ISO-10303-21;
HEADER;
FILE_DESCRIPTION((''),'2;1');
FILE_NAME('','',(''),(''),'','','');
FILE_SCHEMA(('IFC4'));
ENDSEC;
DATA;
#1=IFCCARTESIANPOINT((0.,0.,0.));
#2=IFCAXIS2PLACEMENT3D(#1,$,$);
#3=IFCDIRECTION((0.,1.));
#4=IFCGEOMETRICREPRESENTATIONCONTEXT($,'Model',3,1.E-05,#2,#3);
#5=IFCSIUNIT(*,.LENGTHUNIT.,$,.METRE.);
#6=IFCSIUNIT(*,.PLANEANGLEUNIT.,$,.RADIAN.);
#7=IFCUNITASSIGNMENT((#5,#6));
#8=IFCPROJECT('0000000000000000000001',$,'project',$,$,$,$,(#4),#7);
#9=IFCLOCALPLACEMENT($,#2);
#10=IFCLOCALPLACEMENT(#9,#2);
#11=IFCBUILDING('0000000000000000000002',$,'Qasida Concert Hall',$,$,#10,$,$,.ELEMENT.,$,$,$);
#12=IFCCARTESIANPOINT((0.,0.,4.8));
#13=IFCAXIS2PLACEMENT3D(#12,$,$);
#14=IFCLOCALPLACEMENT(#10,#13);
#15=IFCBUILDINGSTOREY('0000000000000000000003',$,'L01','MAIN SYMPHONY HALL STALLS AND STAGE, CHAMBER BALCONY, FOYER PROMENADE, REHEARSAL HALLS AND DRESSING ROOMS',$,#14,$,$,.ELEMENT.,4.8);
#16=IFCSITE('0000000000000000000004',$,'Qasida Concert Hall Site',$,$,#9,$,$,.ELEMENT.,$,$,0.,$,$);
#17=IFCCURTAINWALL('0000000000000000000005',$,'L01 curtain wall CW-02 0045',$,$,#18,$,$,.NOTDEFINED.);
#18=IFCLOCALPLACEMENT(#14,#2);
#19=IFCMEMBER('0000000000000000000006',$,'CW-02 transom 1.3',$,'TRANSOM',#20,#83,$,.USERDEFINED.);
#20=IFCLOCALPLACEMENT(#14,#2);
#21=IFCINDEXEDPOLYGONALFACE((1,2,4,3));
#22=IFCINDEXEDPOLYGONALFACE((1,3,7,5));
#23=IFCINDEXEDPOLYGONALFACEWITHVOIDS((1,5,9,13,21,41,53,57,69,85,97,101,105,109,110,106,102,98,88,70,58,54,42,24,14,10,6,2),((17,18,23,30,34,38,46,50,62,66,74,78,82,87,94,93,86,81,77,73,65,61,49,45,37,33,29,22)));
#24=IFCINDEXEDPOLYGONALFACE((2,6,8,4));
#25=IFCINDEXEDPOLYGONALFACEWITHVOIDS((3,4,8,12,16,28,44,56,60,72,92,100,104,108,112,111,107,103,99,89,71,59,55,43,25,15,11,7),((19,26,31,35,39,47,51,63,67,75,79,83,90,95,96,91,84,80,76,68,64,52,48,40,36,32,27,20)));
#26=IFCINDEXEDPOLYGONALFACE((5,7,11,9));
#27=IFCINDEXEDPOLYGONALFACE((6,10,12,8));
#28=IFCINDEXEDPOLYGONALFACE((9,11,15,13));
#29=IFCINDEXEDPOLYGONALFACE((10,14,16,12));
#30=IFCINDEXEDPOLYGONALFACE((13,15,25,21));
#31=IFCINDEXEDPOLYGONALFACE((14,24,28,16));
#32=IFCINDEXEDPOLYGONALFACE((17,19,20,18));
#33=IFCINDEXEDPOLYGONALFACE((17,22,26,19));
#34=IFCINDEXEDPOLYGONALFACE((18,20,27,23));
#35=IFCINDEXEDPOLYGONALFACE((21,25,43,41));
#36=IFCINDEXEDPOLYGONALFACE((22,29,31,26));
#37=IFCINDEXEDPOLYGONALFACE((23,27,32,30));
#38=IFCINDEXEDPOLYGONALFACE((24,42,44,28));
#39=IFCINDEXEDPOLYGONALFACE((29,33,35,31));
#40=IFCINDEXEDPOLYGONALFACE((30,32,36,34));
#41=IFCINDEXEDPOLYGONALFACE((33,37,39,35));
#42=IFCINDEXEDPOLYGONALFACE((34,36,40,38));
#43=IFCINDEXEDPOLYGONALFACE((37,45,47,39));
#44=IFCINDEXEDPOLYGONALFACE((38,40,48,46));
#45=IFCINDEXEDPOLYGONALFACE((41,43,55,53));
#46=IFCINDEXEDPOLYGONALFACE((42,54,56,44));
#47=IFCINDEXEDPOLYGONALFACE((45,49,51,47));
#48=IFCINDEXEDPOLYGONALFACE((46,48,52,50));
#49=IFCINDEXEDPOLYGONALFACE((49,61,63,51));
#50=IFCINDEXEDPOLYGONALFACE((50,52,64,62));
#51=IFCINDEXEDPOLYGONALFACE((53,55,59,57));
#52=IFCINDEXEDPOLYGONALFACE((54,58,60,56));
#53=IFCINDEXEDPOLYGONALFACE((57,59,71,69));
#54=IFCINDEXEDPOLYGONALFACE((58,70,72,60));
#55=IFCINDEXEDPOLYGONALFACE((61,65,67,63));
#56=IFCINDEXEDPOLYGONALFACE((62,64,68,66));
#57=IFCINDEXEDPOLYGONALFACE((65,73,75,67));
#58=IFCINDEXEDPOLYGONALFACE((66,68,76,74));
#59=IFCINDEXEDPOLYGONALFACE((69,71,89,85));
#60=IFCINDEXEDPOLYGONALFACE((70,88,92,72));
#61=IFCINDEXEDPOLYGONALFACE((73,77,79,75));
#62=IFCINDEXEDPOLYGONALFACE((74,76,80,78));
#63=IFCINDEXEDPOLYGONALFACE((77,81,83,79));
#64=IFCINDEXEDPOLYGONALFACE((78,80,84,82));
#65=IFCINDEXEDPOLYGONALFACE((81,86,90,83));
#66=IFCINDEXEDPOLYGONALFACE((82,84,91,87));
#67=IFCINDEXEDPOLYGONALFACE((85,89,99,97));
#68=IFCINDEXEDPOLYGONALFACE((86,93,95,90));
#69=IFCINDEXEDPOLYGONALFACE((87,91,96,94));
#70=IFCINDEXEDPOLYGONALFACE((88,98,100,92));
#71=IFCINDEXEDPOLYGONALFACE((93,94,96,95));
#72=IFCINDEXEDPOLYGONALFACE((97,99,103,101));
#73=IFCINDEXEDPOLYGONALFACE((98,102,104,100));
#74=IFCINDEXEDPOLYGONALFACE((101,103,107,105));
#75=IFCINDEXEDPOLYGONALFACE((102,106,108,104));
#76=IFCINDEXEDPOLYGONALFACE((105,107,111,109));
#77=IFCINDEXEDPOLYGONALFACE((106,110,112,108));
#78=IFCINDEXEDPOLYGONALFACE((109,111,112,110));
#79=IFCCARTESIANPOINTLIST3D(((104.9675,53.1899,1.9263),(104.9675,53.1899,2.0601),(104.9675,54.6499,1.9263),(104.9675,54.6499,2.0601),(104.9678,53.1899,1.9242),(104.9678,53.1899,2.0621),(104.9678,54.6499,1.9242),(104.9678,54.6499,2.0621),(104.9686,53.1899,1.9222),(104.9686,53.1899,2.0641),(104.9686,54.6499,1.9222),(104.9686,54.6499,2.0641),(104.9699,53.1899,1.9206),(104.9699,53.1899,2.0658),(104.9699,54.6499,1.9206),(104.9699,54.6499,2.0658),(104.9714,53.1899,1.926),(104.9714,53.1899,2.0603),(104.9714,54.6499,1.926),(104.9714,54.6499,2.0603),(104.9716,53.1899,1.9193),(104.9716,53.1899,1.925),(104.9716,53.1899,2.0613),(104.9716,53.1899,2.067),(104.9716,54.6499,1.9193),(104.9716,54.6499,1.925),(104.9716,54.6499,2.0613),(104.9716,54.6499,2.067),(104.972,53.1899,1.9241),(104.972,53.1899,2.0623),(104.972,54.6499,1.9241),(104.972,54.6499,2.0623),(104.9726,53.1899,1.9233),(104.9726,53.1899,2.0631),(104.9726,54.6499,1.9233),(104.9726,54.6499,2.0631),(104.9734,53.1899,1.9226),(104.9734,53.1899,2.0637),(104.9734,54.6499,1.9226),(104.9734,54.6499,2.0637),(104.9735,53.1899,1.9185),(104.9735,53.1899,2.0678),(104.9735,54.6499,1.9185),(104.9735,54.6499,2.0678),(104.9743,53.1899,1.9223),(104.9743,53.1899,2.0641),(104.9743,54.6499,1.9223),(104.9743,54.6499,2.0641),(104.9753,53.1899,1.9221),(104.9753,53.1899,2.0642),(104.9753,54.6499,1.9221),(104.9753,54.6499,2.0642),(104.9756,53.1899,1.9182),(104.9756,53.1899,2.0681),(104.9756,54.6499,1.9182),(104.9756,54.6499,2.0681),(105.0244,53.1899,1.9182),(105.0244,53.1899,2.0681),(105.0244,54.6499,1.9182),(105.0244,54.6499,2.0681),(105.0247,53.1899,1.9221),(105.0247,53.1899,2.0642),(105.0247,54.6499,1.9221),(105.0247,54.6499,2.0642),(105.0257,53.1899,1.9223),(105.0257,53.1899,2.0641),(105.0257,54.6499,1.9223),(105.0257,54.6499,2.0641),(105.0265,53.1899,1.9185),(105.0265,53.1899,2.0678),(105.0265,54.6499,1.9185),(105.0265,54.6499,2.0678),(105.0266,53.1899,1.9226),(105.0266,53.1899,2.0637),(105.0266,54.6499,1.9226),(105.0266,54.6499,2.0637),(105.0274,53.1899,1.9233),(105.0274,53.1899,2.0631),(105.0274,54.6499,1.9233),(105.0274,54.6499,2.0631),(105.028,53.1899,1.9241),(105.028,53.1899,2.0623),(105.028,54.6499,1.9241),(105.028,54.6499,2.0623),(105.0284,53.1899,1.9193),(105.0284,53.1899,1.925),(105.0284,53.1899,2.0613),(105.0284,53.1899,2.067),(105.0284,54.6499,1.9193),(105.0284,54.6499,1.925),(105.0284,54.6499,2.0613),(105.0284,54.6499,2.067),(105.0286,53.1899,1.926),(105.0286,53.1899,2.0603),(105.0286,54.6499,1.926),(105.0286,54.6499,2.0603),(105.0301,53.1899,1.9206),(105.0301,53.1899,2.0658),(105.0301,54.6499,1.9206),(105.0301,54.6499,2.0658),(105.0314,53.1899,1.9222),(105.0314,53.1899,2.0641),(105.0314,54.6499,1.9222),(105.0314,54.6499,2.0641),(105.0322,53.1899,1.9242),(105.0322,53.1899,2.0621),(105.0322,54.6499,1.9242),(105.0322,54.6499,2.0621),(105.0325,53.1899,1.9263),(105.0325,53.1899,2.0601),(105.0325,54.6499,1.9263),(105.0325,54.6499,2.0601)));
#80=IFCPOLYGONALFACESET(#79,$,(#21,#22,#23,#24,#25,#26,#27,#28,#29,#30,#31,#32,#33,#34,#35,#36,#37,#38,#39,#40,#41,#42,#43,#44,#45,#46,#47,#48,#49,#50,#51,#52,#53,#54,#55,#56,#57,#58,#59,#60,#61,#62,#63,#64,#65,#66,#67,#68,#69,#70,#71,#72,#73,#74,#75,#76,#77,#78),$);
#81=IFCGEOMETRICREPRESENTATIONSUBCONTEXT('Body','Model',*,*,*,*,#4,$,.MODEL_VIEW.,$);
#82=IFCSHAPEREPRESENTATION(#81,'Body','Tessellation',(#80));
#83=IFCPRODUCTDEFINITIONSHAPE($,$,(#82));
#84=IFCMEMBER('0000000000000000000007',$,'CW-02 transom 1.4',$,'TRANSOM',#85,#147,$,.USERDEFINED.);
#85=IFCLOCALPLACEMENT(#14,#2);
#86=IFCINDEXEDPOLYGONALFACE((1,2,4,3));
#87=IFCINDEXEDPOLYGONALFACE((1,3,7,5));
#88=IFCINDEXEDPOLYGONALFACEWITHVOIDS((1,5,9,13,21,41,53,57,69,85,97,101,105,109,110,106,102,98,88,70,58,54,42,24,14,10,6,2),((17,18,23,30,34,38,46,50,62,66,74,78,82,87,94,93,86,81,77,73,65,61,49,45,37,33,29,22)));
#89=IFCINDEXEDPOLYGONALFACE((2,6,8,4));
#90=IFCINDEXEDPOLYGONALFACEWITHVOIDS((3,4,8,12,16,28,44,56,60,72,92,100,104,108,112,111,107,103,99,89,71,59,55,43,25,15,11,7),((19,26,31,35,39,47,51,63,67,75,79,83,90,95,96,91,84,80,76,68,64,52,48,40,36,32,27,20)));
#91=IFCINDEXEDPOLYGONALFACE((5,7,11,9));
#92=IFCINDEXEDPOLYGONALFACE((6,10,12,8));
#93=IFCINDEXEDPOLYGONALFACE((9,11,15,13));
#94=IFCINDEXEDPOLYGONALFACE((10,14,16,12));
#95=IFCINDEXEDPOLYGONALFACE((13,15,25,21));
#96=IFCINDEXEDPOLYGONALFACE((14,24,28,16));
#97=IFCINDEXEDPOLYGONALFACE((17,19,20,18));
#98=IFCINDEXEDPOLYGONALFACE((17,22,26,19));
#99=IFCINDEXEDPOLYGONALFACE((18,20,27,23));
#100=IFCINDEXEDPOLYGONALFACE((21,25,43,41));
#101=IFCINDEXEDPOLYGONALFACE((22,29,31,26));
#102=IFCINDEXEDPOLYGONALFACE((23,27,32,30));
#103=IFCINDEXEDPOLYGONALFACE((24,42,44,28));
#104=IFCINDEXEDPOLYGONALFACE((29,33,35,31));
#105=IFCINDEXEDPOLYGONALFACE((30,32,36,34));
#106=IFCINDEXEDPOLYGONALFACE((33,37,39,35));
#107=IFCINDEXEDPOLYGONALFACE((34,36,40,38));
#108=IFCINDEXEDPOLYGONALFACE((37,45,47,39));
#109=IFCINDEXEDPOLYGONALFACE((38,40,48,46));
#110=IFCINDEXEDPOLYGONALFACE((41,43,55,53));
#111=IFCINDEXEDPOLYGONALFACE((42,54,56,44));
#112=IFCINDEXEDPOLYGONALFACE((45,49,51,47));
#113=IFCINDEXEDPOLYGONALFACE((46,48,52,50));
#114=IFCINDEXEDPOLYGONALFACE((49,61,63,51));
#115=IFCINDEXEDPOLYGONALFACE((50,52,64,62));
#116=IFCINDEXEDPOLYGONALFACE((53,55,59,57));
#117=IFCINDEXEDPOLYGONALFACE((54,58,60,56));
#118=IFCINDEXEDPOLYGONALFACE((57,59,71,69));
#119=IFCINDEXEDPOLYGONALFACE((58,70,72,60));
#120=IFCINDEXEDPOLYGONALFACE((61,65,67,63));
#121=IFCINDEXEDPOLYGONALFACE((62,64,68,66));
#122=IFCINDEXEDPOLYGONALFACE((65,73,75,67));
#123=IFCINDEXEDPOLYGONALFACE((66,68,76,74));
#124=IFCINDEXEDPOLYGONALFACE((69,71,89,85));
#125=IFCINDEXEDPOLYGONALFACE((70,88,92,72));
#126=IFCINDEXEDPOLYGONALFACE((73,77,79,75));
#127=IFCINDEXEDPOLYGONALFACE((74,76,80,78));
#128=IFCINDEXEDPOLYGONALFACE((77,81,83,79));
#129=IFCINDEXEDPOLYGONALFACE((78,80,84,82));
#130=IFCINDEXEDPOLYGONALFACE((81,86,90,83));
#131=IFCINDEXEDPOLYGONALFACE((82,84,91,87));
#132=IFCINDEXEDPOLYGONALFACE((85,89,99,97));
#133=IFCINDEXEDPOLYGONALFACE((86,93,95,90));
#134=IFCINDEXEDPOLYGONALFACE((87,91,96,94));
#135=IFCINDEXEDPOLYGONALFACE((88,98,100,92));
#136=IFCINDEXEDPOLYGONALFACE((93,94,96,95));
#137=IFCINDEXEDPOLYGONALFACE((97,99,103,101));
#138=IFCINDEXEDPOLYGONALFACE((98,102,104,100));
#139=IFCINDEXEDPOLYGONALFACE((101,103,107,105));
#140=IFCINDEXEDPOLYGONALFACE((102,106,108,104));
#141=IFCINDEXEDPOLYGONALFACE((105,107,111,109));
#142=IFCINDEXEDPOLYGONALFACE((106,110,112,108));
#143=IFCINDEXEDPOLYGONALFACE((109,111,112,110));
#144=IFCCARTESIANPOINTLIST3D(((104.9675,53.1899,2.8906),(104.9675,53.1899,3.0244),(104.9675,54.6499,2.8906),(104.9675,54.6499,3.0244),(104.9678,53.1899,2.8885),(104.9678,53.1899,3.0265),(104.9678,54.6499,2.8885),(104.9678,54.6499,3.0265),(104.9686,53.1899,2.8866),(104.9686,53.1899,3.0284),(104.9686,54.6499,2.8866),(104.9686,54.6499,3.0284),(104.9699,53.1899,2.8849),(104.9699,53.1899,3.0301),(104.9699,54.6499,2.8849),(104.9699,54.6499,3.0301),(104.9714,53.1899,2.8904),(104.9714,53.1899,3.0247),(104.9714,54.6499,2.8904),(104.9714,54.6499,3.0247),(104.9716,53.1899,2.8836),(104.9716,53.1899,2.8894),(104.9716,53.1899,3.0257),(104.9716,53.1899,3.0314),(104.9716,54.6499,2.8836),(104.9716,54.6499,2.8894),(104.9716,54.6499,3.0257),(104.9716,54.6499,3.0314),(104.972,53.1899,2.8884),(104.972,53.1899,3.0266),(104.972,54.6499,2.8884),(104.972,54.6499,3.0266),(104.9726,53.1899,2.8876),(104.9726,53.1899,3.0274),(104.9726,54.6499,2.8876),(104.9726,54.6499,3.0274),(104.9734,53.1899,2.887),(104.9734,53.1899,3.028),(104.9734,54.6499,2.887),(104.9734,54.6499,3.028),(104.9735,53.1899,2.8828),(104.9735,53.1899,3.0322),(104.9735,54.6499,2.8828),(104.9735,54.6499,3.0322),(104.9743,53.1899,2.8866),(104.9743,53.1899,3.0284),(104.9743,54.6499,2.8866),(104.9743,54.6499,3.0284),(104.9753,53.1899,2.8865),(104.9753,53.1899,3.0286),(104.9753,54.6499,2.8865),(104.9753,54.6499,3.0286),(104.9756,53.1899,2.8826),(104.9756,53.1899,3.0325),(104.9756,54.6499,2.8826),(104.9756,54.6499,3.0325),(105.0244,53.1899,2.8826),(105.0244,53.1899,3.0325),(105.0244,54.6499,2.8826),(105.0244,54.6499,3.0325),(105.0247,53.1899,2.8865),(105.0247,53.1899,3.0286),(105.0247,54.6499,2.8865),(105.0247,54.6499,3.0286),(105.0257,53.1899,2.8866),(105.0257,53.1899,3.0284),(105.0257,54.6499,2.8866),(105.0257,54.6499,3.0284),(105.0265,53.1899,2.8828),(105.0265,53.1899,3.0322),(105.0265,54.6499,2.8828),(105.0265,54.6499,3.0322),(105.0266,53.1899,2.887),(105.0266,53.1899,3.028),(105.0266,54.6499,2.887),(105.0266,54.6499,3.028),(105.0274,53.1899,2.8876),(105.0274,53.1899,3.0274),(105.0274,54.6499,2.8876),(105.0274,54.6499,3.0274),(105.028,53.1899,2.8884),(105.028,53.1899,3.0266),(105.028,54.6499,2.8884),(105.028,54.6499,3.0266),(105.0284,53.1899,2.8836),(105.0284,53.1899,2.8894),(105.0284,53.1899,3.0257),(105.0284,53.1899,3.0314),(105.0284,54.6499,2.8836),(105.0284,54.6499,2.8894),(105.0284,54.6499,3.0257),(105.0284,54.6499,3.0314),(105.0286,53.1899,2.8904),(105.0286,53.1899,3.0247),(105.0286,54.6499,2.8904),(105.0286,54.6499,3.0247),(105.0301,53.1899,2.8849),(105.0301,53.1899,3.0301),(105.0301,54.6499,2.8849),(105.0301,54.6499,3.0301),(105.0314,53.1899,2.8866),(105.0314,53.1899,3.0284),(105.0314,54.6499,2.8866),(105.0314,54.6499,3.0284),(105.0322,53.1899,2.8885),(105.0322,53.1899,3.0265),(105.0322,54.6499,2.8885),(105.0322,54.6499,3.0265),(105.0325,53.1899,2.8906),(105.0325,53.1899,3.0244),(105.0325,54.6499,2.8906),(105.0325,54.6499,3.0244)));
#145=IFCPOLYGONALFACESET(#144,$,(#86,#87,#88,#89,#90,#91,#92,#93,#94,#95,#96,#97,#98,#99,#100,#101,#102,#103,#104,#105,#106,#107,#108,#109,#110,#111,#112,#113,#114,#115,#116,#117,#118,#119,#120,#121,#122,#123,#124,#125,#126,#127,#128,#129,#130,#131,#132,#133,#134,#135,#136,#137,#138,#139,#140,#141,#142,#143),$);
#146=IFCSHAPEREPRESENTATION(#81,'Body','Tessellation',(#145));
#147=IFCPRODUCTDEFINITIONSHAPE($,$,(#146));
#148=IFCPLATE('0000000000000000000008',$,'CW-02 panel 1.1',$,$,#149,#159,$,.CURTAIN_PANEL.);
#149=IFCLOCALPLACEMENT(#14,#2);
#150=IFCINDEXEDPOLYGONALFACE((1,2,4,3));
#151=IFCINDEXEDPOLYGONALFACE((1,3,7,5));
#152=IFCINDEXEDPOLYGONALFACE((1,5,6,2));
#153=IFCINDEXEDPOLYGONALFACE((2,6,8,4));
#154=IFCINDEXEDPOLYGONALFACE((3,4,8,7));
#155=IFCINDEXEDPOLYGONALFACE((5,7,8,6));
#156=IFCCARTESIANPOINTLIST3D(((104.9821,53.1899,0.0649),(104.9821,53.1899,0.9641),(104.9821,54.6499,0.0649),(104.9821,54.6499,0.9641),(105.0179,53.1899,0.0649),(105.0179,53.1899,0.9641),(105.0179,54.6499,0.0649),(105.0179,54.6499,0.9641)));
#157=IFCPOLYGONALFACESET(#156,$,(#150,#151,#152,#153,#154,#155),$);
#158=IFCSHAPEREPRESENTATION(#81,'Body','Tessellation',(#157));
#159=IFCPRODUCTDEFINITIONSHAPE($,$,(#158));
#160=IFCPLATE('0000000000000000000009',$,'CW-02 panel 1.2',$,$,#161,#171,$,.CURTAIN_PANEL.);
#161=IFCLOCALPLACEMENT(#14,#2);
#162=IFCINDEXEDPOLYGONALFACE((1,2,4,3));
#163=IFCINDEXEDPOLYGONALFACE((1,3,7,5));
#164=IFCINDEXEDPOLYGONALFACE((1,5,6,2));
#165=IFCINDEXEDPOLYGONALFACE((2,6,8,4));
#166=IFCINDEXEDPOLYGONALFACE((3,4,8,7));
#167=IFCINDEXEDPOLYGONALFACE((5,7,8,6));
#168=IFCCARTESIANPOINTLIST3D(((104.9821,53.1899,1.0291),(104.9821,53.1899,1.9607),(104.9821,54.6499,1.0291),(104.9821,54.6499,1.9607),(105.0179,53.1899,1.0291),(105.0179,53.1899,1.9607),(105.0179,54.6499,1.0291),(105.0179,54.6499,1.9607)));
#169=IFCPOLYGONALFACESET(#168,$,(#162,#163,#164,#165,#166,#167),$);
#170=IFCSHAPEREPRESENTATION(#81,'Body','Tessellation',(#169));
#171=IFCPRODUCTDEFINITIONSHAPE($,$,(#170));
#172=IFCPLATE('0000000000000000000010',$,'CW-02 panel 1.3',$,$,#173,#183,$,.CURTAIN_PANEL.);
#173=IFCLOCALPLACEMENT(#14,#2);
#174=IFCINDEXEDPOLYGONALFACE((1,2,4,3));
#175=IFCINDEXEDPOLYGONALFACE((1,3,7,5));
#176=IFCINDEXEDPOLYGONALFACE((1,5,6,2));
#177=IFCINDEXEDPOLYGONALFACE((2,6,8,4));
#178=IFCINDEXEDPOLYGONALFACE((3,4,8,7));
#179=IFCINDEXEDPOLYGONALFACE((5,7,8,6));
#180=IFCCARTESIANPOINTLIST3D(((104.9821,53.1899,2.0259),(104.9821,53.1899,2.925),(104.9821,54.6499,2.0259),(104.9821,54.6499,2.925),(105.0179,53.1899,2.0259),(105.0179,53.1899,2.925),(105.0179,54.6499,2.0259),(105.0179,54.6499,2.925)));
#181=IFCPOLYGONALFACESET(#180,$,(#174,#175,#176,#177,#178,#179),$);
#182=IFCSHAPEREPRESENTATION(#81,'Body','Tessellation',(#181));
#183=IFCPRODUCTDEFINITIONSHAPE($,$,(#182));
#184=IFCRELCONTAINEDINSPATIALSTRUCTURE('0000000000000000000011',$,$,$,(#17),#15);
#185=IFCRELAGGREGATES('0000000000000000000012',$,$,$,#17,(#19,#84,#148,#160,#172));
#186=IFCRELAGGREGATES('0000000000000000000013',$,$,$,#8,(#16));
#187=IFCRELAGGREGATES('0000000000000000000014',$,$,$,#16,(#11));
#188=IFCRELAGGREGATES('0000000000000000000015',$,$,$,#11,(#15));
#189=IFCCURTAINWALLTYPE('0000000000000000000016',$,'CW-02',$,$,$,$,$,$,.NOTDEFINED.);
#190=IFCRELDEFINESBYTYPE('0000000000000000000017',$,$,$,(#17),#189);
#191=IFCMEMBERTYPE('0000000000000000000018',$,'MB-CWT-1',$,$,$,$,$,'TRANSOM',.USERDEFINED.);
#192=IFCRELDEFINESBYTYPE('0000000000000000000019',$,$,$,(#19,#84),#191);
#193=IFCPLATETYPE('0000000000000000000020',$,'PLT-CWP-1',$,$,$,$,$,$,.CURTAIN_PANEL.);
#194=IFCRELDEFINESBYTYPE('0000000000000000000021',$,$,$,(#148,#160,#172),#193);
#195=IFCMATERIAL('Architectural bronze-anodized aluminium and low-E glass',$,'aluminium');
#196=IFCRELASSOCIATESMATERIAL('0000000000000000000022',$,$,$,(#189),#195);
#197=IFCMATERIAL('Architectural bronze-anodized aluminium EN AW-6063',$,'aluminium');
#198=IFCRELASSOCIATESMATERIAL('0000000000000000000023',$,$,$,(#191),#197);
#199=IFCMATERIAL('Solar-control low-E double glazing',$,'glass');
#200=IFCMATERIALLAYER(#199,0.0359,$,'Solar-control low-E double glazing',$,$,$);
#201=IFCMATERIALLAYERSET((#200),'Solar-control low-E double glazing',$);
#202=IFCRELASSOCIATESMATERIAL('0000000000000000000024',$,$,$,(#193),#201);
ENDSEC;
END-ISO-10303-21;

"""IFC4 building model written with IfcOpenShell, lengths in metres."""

from ifc_helpers import new_model, si_unit, direction, frame, origin, origin_2d, place, context, subcontext, project, spatial, rectangle, hollow_rectangle, extrude, material, layer, layer_set, material_profile, profile_set, type_object, element, aggregate, save


model = new_model("IFC4")

# Units and contexts
model_context = context("Model", 3, precision=1e-05, world=origin(), true_north=direction((0.0, 1.0)))
body_context = subcontext(model_context, "Body", "Model", "MODEL_VIEW")
ifc_project = project(units=[si_unit("LENGTHUNIT", "METRE"), si_unit("PLANEANGLEUNIT", "RADIAN")], contexts=[model_context])

# Site, building, storey
site_placement = place(None, origin())
site = spatial("IfcSite", under=ifc_project, at=site_placement, Name="Qasida Concert Hall Site", CompositionType="ELEMENT", RefElevation=0.0)
building_placement = place(site_placement, origin())
building = spatial("IfcBuilding", under=site, at=building_placement, Name="Qasida Concert Hall", CompositionType="ELEMENT")
storey_placement = place(building_placement, frame((0.0, 0.0, 4.8)))
storey = spatial("IfcBuildingStorey", under=building, at=storey_placement, Name="L01", Description="MAIN SYMPHONY HALL STALLS AND STAGE, CHAMBER BALCONY, FOYER PROMENADE, REHEARSAL HALLS AND DRESSING ROOMS", CompositionType="ELEMENT", Elevation=4.8)

# Curtain wall, members, plates
ifc_material_1 = material(Name="Architectural bronze-anodized aluminium and low-E glass", Category="aluminium")
curtain_wall_type = type_object("IfcCurtainWallType", Name="CW-02", PredefinedType="NOTDEFINED", material=ifc_material_1)
curtain_wall_placement = place(storey_placement, origin())
curtain_wall = element("IfcCurtainWall", 1, at=curtain_wall_placement, inside=storey, type_object=curtain_wall_type, Name="L01 curtain wall CW-02 0045", PredefinedType="NOTDEFINED")
ifc_material_2 = material(Name="Architectural bronze-anodized aluminium EN AW-6063", Category="aluminium")
ifc_material_profile_1 = material_profile(ifc_material_2, hollow_rectangle(XDim=0.0649, YDim=0.1499, WallThickness=0.0039, InnerFilletRadius=0.0039, OuterFilletRadius=0.0081, at=origin_2d()), Name="CWT 150x65x4")
ifc_profile_set_1 = profile_set([ifc_material_profile_1], Name="Architectural bronze-anodized aluminium EN AW-6063")
member_type_1 = type_object("IfcMemberType", Name="MB-CWT-1", ElementType="TRANSOM", PredefinedType="USERDEFINED", material=ifc_profile_set_1)
member_1_placement = place(storey_placement, frame((105.0, 53.1899, 1.9932), z_axis=(0.0, 1.0, 0.0), x_axis=(-1.0, 0.0, 0.0)))
member_1 = element("IfcMember", 2, at=member_1_placement, type_object=member_type_1, Name="CW-02 transom 1.3", ObjectType="TRANSOM", PredefinedType="USERDEFINED", context=body_context, shape_type="SweptSolid", body=[
    extrude(hollow_rectangle(XDim=0.0649, YDim=0.1499, WallThickness=0.0039, InnerFilletRadius=0.0039, OuterFilletRadius=0.0081, at=origin_2d()), origin(), (0.0, 0.0, 1.0), 1.46),
])
member_2_placement = place(storey_placement, frame((105.0, 53.1899, 2.9575), z_axis=(0.0, 1.0, 0.0), x_axis=(-1.0, 0.0, 0.0)))
member_2 = element("IfcMember", 3, at=member_2_placement, type_object=member_type_1, Name="CW-02 transom 1.4", ObjectType="TRANSOM", PredefinedType="USERDEFINED", context=body_context, shape_type="SweptSolid", body=[
    extrude(hollow_rectangle(XDim=0.0649, YDim=0.1499, WallThickness=0.0039, InnerFilletRadius=0.0039, OuterFilletRadius=0.0081, at=origin_2d()), origin(), (0.0, 0.0, 1.0), 1.46),
])
ifc_material_3 = material(Name="Solar-control low-E double glazing", Category="glass")
ifc_layer_1 = layer(ifc_material_3, 0.0359, Name="Solar-control low-E double glazing")
ifc_layer_set_1 = layer_set([ifc_layer_1], Name="Solar-control low-E double glazing")
plate_type = type_object("IfcPlateType", Name="PLT-CWP-1", PredefinedType="CURTAIN_PANEL", material=ifc_layer_set_1)
plate_1_placement = place(storey_placement, frame((105.0, 53.9199, 0.0649), z_axis=(0.0, 0.0, 1.0), x_axis=(0.0, 1.0, 0.0)))
plate_1 = element("IfcPlate", 4, at=plate_1_placement, type_object=plate_type, Name="CW-02 panel 1.1", PredefinedType="CURTAIN_PANEL", context=body_context, shape_type="SweptSolid", body=[
    extrude(rectangle(XDim=1.46, YDim=0.0359, at=origin_2d()), origin(), (0.0, 0.0, 1.0), 0.8992),
])
plate_2_placement = place(storey_placement, frame((105.0, 53.9199, 1.0291), z_axis=(0.0, 0.0, 1.0), x_axis=(0.0, 1.0, 0.0)))
plate_2 = element("IfcPlate", 5, at=plate_2_placement, type_object=plate_type, Name="CW-02 panel 1.2", PredefinedType="CURTAIN_PANEL", context=body_context, shape_type="SweptSolid", body=[
    extrude(rectangle(XDim=1.46, YDim=0.0359, at=origin_2d()), origin(), (0.0, 0.0, 1.0), 0.9316),
])
plate_3_placement = place(storey_placement, frame((105.0, 53.9199, 2.0259), z_axis=(0.0, 0.0, 1.0), x_axis=(0.0, 1.0, 0.0)))
plate_3 = element("IfcPlate", 6, at=plate_3_placement, type_object=plate_type, Name="CW-02 panel 1.3", PredefinedType="CURTAIN_PANEL", context=body_context, shape_type="SweptSolid", body=[
    extrude(rectangle(XDim=1.46, YDim=0.0359, at=origin_2d()), origin(), (0.0, 0.0, 1.0), 0.8992),
])
aggregate(curtain_wall, [member_1, member_2, plate_1, plate_2, plate_3])

save(model, "model.ifc")
